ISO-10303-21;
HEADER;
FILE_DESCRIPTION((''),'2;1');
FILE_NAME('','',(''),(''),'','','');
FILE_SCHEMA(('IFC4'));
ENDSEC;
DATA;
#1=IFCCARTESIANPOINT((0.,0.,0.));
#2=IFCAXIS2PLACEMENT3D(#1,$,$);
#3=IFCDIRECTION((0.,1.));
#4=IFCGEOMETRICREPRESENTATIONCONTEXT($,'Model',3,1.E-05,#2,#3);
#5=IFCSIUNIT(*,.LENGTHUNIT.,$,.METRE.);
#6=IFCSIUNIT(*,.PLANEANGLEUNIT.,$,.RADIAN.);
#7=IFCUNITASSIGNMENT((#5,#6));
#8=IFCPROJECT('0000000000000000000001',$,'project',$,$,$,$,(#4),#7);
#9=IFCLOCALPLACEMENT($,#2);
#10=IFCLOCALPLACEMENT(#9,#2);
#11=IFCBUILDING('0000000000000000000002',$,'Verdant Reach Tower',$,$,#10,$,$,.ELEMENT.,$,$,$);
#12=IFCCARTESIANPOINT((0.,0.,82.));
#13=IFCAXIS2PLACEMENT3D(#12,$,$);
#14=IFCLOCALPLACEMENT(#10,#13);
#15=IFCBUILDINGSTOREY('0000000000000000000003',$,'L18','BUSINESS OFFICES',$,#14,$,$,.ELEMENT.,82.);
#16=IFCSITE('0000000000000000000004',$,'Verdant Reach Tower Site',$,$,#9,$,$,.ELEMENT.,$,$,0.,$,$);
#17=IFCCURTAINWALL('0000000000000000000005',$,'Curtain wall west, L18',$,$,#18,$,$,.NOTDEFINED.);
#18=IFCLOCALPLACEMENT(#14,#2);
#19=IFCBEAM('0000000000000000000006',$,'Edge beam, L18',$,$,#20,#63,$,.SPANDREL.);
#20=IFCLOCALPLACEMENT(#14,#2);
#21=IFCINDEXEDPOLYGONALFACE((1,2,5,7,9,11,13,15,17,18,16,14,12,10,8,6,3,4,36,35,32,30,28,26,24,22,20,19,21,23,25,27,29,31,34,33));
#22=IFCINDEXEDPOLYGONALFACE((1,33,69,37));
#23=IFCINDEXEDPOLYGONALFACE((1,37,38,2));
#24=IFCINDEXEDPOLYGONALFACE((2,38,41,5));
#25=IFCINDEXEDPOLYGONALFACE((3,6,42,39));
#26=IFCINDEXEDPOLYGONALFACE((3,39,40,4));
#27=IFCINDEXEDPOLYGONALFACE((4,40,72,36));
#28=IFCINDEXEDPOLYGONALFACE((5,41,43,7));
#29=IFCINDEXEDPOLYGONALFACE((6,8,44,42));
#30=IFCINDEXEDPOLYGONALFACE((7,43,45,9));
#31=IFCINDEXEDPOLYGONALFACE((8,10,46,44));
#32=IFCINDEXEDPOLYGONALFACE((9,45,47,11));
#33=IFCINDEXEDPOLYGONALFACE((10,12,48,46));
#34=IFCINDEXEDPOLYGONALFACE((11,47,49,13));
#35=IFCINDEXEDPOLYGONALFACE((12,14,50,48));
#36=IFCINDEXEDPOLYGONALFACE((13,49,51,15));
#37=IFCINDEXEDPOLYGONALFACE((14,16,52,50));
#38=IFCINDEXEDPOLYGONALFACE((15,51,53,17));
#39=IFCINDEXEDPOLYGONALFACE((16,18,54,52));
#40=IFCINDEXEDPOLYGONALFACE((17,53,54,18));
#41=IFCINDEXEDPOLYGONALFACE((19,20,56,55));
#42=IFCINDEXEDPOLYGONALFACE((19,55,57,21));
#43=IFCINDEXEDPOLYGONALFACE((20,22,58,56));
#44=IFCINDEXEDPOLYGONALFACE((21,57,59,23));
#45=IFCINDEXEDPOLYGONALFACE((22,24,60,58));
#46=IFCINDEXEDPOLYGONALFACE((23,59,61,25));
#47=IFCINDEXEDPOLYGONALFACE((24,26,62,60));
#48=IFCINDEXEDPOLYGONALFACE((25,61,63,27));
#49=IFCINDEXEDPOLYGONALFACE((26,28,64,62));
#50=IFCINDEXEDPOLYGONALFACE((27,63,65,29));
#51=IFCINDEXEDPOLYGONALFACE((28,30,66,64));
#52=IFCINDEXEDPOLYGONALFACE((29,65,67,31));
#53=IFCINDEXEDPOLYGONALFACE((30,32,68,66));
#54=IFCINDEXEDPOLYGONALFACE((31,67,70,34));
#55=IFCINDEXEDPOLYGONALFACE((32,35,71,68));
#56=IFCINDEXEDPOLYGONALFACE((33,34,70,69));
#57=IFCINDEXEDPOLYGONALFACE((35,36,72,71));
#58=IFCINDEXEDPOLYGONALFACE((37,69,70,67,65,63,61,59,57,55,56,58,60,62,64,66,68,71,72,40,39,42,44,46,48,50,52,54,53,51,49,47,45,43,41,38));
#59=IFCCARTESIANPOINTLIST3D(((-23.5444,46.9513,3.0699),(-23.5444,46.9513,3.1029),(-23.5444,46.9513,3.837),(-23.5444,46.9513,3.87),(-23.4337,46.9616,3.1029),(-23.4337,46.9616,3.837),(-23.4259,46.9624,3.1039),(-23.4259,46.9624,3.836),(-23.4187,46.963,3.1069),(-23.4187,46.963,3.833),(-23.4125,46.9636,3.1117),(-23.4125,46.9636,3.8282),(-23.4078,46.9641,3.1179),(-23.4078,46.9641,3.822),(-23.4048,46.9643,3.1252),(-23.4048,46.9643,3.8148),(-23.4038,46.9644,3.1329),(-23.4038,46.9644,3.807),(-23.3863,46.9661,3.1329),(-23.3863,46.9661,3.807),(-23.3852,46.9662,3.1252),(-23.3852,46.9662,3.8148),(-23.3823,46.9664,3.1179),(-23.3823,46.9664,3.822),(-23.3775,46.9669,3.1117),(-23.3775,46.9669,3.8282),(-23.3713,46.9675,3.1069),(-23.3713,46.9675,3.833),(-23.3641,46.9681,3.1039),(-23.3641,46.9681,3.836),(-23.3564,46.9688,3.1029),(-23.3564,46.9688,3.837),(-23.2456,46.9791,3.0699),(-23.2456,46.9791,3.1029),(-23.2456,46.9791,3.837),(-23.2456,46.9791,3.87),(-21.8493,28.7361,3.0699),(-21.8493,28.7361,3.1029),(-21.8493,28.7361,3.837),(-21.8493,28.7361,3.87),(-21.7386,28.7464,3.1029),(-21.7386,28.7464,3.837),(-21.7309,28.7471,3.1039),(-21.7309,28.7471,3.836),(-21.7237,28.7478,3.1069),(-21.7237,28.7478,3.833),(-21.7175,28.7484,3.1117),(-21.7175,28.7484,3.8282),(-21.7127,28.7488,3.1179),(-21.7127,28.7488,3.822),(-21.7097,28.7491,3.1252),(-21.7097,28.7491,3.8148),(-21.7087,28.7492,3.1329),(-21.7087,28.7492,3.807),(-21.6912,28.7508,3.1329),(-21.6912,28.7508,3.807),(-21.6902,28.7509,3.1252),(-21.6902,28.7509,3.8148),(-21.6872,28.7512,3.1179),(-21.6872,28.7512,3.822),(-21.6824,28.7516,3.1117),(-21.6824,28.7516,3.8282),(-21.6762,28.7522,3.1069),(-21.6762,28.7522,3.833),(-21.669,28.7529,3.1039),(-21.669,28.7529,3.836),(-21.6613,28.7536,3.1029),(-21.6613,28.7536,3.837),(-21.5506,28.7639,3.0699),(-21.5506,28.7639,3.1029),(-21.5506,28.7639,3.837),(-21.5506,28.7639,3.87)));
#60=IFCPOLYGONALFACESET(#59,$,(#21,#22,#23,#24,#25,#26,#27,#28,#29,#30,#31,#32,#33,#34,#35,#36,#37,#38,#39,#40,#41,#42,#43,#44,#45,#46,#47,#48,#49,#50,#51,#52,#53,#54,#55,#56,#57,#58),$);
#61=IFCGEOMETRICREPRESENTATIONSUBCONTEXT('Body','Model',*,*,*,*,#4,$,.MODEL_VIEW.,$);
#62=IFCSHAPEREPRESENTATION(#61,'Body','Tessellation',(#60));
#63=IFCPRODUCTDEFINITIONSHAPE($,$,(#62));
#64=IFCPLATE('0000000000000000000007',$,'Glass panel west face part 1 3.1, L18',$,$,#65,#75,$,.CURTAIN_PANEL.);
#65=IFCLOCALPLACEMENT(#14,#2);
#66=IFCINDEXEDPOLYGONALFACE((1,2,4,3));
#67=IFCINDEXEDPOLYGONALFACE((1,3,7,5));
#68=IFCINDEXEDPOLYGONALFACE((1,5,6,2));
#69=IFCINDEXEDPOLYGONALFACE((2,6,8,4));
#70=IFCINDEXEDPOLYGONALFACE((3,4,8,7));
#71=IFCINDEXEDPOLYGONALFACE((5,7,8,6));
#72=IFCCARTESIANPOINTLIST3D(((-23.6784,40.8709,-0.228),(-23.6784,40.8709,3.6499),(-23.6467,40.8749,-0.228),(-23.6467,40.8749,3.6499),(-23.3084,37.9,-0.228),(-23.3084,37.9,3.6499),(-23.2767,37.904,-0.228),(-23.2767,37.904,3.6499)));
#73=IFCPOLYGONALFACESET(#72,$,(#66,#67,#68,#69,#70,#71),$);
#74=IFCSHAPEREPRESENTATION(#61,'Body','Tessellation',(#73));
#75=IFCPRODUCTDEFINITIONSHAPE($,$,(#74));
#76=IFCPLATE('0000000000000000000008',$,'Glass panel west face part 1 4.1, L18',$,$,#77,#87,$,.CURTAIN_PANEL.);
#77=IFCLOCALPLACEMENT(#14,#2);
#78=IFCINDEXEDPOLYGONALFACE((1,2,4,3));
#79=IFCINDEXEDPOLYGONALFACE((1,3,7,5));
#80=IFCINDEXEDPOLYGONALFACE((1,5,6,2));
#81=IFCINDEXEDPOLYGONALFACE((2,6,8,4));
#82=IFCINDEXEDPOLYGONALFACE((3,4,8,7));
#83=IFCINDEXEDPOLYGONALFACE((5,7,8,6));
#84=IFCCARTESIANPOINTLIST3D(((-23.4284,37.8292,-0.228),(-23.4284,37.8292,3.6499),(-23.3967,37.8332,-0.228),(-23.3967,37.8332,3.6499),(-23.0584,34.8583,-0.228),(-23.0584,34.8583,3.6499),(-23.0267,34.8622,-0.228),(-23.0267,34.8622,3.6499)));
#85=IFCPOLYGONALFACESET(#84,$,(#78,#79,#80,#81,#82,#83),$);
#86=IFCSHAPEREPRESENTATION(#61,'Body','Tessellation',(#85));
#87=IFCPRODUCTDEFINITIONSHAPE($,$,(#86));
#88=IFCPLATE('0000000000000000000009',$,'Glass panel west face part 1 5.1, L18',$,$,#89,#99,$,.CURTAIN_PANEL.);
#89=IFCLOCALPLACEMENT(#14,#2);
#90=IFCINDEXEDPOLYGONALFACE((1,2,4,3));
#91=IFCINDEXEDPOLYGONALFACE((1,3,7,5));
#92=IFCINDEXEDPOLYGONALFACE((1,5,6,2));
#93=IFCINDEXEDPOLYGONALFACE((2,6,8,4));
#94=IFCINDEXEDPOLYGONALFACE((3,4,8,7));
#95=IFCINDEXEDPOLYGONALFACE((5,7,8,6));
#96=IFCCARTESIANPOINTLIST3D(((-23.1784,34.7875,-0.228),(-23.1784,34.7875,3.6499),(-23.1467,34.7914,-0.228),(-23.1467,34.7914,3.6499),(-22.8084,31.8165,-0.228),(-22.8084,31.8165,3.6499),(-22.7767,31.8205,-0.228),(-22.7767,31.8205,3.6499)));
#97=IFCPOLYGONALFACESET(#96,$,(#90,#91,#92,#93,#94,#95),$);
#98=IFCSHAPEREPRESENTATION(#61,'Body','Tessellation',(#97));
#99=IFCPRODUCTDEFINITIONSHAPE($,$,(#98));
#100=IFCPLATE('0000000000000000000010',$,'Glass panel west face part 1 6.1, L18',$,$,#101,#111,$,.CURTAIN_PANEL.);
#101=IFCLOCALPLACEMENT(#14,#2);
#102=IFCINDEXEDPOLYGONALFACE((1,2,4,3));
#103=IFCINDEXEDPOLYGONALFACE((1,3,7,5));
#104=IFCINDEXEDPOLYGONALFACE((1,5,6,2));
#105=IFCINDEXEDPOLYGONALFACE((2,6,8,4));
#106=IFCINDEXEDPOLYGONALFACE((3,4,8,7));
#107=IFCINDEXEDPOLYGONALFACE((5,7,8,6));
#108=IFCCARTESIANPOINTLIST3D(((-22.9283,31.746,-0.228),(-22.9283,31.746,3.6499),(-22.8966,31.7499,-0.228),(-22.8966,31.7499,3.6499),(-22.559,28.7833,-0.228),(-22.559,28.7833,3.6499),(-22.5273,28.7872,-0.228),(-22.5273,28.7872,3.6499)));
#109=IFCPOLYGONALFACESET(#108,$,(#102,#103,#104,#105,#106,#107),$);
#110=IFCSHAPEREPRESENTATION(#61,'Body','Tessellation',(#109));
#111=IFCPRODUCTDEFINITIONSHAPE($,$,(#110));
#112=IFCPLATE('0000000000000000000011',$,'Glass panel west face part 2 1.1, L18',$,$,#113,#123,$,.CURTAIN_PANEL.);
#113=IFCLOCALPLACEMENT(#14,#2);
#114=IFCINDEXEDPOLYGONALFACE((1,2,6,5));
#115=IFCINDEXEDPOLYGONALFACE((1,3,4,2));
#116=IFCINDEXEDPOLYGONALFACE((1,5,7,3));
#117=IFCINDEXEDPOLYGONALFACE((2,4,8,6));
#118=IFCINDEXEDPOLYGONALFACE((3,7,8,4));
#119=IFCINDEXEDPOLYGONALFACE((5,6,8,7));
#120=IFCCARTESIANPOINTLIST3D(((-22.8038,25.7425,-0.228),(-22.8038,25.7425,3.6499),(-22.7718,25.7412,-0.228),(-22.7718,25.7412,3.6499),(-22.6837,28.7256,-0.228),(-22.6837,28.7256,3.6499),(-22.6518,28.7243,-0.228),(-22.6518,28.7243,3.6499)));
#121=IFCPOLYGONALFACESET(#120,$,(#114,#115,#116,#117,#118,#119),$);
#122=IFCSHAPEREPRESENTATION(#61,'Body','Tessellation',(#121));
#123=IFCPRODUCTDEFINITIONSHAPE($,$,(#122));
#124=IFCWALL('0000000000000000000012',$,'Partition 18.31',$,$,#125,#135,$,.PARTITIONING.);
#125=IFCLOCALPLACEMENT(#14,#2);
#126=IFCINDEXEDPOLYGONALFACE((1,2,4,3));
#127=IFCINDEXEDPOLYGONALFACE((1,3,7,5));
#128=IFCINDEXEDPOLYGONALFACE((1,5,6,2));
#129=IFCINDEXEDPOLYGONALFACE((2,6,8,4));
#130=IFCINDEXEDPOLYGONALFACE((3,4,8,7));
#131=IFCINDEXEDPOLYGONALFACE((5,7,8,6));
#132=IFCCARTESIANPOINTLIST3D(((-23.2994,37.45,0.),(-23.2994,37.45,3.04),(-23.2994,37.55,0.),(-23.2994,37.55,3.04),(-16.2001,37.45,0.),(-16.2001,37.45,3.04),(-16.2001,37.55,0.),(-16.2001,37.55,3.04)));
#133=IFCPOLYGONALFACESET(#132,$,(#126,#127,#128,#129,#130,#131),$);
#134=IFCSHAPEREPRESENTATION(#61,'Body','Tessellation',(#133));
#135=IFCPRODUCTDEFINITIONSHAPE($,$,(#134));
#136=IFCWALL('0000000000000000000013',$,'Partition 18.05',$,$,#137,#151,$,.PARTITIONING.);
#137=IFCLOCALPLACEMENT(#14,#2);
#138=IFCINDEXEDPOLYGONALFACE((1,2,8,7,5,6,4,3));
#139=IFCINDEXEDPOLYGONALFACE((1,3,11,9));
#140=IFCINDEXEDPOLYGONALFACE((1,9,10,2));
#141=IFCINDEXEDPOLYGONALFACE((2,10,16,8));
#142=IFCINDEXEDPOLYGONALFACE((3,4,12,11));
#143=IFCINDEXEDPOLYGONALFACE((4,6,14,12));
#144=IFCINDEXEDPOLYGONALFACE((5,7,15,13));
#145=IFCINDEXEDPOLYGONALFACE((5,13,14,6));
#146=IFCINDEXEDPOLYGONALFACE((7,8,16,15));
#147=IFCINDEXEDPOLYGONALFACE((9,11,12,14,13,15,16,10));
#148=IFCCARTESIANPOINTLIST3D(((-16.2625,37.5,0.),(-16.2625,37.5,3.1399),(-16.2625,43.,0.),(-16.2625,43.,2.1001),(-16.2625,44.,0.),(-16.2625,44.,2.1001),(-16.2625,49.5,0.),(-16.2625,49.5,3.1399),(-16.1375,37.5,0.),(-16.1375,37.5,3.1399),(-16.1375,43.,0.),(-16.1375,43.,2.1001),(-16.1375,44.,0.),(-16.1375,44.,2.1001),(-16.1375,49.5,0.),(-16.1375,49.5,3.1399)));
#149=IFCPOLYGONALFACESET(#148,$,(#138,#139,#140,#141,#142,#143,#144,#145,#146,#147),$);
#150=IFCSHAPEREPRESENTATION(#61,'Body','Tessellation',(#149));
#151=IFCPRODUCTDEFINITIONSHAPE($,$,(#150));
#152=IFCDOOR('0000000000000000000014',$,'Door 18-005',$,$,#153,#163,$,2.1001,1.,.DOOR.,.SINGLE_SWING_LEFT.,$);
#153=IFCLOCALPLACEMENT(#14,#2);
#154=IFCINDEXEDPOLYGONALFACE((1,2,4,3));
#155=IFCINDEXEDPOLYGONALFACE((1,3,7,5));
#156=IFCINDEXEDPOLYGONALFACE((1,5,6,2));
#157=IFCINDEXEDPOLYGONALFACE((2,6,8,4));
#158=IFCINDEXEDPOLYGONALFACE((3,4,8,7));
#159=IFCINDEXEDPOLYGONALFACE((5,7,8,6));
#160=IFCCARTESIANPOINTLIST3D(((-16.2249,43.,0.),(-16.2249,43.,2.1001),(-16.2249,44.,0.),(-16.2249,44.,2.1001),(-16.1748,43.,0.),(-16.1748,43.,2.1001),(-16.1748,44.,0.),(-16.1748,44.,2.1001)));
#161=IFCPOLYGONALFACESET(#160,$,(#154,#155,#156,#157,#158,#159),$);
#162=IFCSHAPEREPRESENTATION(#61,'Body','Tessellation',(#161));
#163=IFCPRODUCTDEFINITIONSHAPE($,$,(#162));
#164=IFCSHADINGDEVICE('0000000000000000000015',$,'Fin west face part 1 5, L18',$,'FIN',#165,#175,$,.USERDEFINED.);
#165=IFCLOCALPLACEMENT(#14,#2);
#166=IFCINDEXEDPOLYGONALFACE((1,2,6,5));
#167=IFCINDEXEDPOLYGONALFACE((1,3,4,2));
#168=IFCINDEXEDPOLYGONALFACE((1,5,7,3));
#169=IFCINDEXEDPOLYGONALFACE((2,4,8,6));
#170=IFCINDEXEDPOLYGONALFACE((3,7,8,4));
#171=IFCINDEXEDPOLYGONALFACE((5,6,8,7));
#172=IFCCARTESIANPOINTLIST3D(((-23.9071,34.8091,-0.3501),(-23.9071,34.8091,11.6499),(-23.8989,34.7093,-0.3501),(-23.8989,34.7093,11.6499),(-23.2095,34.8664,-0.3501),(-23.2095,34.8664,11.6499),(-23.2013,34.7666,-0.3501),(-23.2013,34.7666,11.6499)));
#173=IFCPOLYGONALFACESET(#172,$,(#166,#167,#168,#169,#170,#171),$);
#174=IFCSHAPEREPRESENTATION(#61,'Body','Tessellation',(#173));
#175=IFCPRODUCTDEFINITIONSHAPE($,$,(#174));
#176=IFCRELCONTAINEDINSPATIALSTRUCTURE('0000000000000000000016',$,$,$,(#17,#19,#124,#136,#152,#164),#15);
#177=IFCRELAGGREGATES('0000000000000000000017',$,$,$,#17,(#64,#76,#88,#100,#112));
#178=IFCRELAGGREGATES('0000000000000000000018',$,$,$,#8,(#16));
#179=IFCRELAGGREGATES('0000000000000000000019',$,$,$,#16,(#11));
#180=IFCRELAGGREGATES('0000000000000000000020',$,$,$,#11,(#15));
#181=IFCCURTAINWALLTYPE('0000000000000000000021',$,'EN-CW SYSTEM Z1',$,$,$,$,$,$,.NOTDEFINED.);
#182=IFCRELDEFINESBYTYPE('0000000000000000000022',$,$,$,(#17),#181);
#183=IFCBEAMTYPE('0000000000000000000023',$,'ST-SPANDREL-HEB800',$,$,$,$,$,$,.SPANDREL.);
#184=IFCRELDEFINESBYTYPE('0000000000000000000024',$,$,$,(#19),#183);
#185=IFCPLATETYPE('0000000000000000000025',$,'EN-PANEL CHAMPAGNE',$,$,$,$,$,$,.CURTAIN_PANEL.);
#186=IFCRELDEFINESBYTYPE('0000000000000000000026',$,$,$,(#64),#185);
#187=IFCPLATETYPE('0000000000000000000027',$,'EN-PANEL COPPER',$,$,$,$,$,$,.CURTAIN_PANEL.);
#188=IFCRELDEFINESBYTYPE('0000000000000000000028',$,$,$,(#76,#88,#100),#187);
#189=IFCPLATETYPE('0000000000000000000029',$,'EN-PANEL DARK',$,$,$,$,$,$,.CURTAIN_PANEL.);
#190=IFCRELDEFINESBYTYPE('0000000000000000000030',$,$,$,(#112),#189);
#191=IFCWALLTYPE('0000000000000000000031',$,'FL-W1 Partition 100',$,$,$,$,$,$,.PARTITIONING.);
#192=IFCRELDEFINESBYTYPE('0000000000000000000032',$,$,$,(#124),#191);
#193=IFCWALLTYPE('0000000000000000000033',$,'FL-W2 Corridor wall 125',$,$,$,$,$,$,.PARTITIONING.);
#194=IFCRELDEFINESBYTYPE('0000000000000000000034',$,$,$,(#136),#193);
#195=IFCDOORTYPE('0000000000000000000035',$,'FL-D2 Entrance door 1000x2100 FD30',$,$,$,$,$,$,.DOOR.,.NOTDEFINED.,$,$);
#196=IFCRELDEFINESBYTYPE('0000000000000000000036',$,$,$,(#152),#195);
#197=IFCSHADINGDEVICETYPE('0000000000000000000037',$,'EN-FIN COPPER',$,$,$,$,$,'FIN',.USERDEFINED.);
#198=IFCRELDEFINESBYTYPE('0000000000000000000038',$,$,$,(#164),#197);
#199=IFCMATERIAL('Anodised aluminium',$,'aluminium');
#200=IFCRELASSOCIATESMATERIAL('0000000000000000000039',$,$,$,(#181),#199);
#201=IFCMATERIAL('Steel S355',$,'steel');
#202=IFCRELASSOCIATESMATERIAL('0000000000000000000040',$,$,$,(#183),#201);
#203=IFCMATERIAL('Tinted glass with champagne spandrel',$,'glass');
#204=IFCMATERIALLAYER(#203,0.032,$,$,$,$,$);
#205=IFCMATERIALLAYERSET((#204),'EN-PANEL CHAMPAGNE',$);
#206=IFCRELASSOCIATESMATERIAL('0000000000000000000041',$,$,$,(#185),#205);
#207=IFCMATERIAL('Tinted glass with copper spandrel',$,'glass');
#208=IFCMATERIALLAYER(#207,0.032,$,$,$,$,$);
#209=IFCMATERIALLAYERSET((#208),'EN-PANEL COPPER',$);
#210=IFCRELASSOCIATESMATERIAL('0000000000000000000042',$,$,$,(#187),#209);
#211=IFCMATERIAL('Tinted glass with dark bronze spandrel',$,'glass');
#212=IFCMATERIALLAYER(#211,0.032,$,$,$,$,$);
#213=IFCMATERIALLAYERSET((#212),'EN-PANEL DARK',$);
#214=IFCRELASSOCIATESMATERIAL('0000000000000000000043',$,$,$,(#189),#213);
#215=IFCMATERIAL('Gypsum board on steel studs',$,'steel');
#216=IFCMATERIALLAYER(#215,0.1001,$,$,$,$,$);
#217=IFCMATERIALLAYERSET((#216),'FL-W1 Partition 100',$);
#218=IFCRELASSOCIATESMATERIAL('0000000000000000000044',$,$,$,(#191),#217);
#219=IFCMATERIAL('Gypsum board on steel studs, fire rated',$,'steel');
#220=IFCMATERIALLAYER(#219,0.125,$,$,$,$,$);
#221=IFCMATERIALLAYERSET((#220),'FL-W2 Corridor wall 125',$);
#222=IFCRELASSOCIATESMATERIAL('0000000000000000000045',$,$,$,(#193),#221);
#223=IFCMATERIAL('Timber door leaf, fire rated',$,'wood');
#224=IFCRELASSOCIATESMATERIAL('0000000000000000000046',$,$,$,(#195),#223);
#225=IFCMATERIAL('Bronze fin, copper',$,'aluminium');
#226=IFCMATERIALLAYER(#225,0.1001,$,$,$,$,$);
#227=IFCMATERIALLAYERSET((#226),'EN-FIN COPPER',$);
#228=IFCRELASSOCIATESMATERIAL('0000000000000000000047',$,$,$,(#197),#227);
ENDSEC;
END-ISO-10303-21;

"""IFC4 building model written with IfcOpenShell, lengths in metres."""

from ifc_helpers import new_model, si_unit, direction, frame, frame_2d, origin, origin_2d, place, context, subcontext, project, spatial, rectangle, i_section, extrude, material, layer, layer_set, material_profile, profile_set, type_object, element, fill, aggregate, save


model = new_model("IFC4")

# Units and contexts
model_context = context("Model", 3, precision=1e-05, world=origin(), true_north=direction((0.0, 1.0)))
body_context = subcontext(model_context, "Body", "Model", "MODEL_VIEW")
ifc_project = project(units=[si_unit("LENGTHUNIT", "METRE"), si_unit("PLANEANGLEUNIT", "RADIAN")], contexts=[model_context])

# Site, building, storey
site_placement = place(None, origin())
site = spatial("IfcSite", under=ifc_project, at=site_placement, Name="Verdant Reach Tower Site", CompositionType="ELEMENT", RefElevation=0.0)
building_placement = place(site_placement, origin())
building = spatial("IfcBuilding", under=site, at=building_placement, Name="Verdant Reach Tower", CompositionType="ELEMENT")
storey_placement = place(building_placement, frame((0.0, 0.0, 82.0)))
storey = spatial("IfcBuildingStorey", under=building, at=storey_placement, Name="L18", Description="BUSINESS OFFICES", CompositionType="ELEMENT", Elevation=82.0)

# Curtain wall
ifc_material_1 = material(Name="Anodised aluminium", Category="aluminium")
curtain_wall_type = type_object("IfcCurtainWallType", Name="EN-CW SYSTEM Z1", PredefinedType="NOTDEFINED", material=ifc_material_1)
curtain_wall_placement = place(storey_placement, origin())
curtain_wall = element("IfcCurtainWall", 1, at=curtain_wall_placement, inside=storey, type_object=curtain_wall_type, Name="Curtain wall west, L18", PredefinedType="NOTDEFINED")

# Beam
ifc_material_2 = material(Name="Steel S355", Category="steel")
ifc_material_profile_1 = material_profile(ifc_material_2, i_section(OverallWidth=0.3, OverallDepth=0.8, WebThickness=0.0176, FlangeThickness=0.033, FilletRadius=0.03, at=origin_2d()), Name="HEB 800")
ifc_profile_set_1 = profile_set([ifc_material_profile_1], Name="Steel S355")
beam_type_1 = type_object("IfcBeamType", Name="ST-SPANDREL-HEB800", PredefinedType="SPANDREL", material=ifc_profile_set_1)
beam_1_placement = place(storey_placement, frame((-21.7, 28.75, 3.47), z_axis=(-0.092657, 0.995698, 0.0), x_axis=(-0.995698, -0.092657, 0.0)))
element("IfcBeam", 2, at=beam_1_placement, inside=storey, type_object=beam_type_1, Name="Edge beam, L18", PredefinedType="SPANDREL", context=body_context, shape_type="SweptSolid", body=[
    extrude(i_section(OverallWidth=0.3, OverallDepth=0.8, WebThickness=0.0176, FlangeThickness=0.033, FilletRadius=0.03, at=origin_2d()), origin(), (0.0, 0.0, 1.0), 18.2939),
])

# Plates
ifc_material_3 = material(Name="Tinted glass with champagne spandrel", Category="glass")
ifc_layer_1 = layer(ifc_material_3, 0.032)
ifc_layer_set_1 = layer_set([ifc_layer_1], Name="EN-PANEL CHAMPAGNE")
plate_type_1 = type_object("IfcPlateType", Name="EN-PANEL CHAMPAGNE", PredefinedType="CURTAIN_PANEL", material=ifc_layer_set_1)
plate_1_placement = place(storey_placement, frame((-23.4775, 39.3875, -0.228), z_axis=(0.0, 0.0, 1.0), x_axis=(0.123579, -0.992335, 0.0)))
plate_1 = element("IfcPlate", 3, at=plate_1_placement, type_object=plate_type_1, Name="Glass panel west face part 1 3.1, L18", PredefinedType="CURTAIN_PANEL", context=body_context, shape_type="SweptSolid", body=[
    extrude(rectangle(XDim=2.9939, YDim=0.032, at=origin_2d()), origin(), (0.0, 0.0, 1.0), 3.8779),
])
ifc_material_4 = material(Name="Tinted glass with copper spandrel", Category="glass")
ifc_layer_2 = layer(ifc_material_4, 0.032)
ifc_layer_set_2 = layer_set([ifc_layer_2], Name="EN-PANEL COPPER")
plate_type_2 = type_object("IfcPlateType", Name="EN-PANEL COPPER", PredefinedType="CURTAIN_PANEL", material=ifc_layer_set_2)
plate_2_placement = place(storey_placement, frame((-23.2275, 36.3457, -0.228), z_axis=(0.0, 0.0, 1.0), x_axis=(0.123579, -0.992335, 0.0)))
plate_2 = element("IfcPlate", 4, at=plate_2_placement, type_object=plate_type_2, Name="Glass panel west face part 1 4.1, L18", PredefinedType="CURTAIN_PANEL", context=body_context, shape_type="SweptSolid", body=[
    extrude(rectangle(XDim=2.9939, YDim=0.032, at=origin_2d()), origin(), (0.0, 0.0, 1.0), 3.8779),
])
plate_3_placement = place(storey_placement, frame((-22.9775, 33.304, -0.228), z_axis=(0.0, 0.0, 1.0), x_axis=(0.123579, -0.992335, 0.0)))
plate_3 = element("IfcPlate", 5, at=plate_3_placement, type_object=plate_type_2, Name="Glass panel west face part 1 5.1, L18", PredefinedType="CURTAIN_PANEL", context=body_context, shape_type="SweptSolid", body=[
    extrude(rectangle(XDim=2.9939, YDim=0.032, at=origin_2d()), origin(), (0.0, 0.0, 1.0), 3.8779),
])
plate_4_placement = place(storey_placement, frame((-22.7278, 30.2666, -0.228), z_axis=(0.0, 0.0, 1.0), x_axis=(0.123691, -0.992321, 0.0)))
plate_4 = element("IfcPlate", 6, at=plate_4_placement, type_object=plate_type_2, Name="Glass panel west face part 1 6.1, L18", PredefinedType="CURTAIN_PANEL", context=body_context, shape_type="SweptSolid", body=[
    extrude(rectangle(XDim=2.9856, YDim=0.032, at=origin_2d()), origin(), (0.0, 0.0, 1.0), 3.8779),
])
ifc_material_5 = material(Name="Tinted glass with dark bronze spandrel", Category="glass")
ifc_layer_3 = layer(ifc_material_5, 0.032)
ifc_layer_set_3 = layer_set([ifc_layer_3], Name="EN-PANEL DARK")
plate_type_3 = type_object("IfcPlateType", Name="EN-PANEL DARK", PredefinedType="CURTAIN_PANEL", material=ifc_layer_set_3)
plate_5_placement = place(storey_placement, frame((-22.7278, 27.2334, -0.228), z_axis=(0.0, 0.0, 1.0), x_axis=(-0.040222, -0.999191, 0.0)))
plate_5 = element("IfcPlate", 7, at=plate_5_placement, type_object=plate_type_3, Name="Glass panel west face part 2 1.1, L18", PredefinedType="CURTAIN_PANEL", context=body_context, shape_type="SweptSolid", body=[
    extrude(rectangle(XDim=2.9856, YDim=0.032, at=origin_2d()), origin(), (0.0, 0.0, 1.0), 3.8779),
])
aggregate(curtain_wall, [plate_1, plate_2, plate_3, plate_4, plate_5])

# Wall
ifc_material_6 = material(Name="Gypsum board on steel studs", Category="steel")
ifc_layer_4 = layer(ifc_material_6, 0.1001)
ifc_layer_set_4 = layer_set([ifc_layer_4], Name="FL-W1 Partition 100")
wall_type_1 = type_object("IfcWallType", Name="FL-W1 Partition 100", PredefinedType="PARTITIONING", material=ifc_layer_set_4)
wall_1_placement = place(storey_placement, frame((-16.2, 37.5, 0.0), z_axis=(0.0, 0.0, 1.0), x_axis=(-1.0, 0.0, 0.0)))
element("IfcWall", 8, at=wall_1_placement, inside=storey, type_object=wall_type_1, Name="Partition 18.31", PredefinedType="PARTITIONING", context=body_context, shape_type="SweptSolid", body=[
    extrude(rectangle(XDim=7.0994, YDim=0.1001, at=frame_2d((3.5498, 0.0))), origin(), (0.0, 0.0, 1.0), 3.04),
])

# Wall, opening, door
ifc_material_7 = material(Name="Gypsum board on steel studs, fire rated", Category="steel")
ifc_layer_5 = layer(ifc_material_7, 0.125)
ifc_layer_set_5 = layer_set([ifc_layer_5], Name="FL-W2 Corridor wall 125")
wall_type_2 = type_object("IfcWallType", Name="FL-W2 Corridor wall 125", PredefinedType="PARTITIONING", material=ifc_layer_set_5)
wall_2_placement = place(storey_placement, frame((-16.2, 37.5, 0.0), z_axis=(0.0, 0.0, 1.0), x_axis=(0.0, 1.0, 0.0)))
wall_2 = element("IfcWall", 9, at=wall_2_placement, inside=storey, type_object=wall_type_2, Name="Partition 18.05", PredefinedType="PARTITIONING", context=body_context, shape_type="SweptSolid", body=[
    extrude(rectangle(XDim=12.0, YDim=0.125, at=frame_2d((6.0, 0.0))), origin(), (0.0, 0.0, 1.0), 3.1399),
])
opening_placement = place(wall_2_placement, frame((5.5, 0.0, 0.0)))
opening = element("IfcOpeningElement", 10, at=opening_placement, cuts=wall_2, PredefinedType="OPENING", context=body_context, shape_type="SweptSolid", body=[
    extrude(rectangle(XDim=1.0, YDim=2.1001, at=frame_2d((0.5, 1.05))), frame((0.0, 0.0725, 0.0), z_axis=(0.0, -1.0, 0.0), x_axis=(1.0, 0.0, 0.0)), (0.0, 0.0, 1.0), 0.145),
])
ifc_material_8 = material(Name="Timber door leaf, fire rated", Category="wood")
door_type = type_object("IfcDoorType", Name="FL-D2 Entrance door 1000x2100 FD30", OperationType="NOTDEFINED", PredefinedType="DOOR", material=ifc_material_8)
door_placement = place(opening_placement, origin())
door = element("IfcDoor", 11, at=door_placement, inside=storey, type_object=door_type, Name="Door 18-005", OperationType="SINGLE_SWING_LEFT", OverallHeight=2.1001, OverallWidth=1.0, PredefinedType="DOOR", context=body_context, shape_type="SweptSolid", body=[
    extrude(rectangle(XDim=1.0, YDim=2.1001, at=frame_2d((0.5, 1.05))), frame((0.0, 0.0249, 0.0), z_axis=(0.0, -1.0, 0.0), x_axis=(1.0, 0.0, 0.0)), (0.0, 0.0, 1.0), 0.05),
])
fill(opening, door)

# Shading device
ifc_material_9 = material(Name="Bronze fin, copper", Category="aluminium")
ifc_layer_6 = layer(ifc_material_9, 0.1001)
ifc_layer_set_6 = layer_set([ifc_layer_6], Name="EN-FIN COPPER")
shading_device_type_1 = type_object("IfcShadingDeviceType", Name="EN-FIN COPPER", ElementType="FIN", PredefinedType="USERDEFINED", material=ifc_layer_set_6)
shading_device_1_placement = place(storey_placement, frame((-23.5542, 34.7878, -0.3501), z_axis=(0.0, 0.0, 1.0), x_axis=(0.081916, -0.996639, 0.0)))
element("IfcShadingDevice", 12, at=shading_device_1_placement, inside=storey, type_object=shading_device_type_1, Name="Fin west face part 1 5, L18", ObjectType="FIN", PredefinedType="USERDEFINED", context=body_context, shape_type="SweptSolid", body=[
    extrude(rectangle(XDim=0.1001, YDim=0.7, at=origin_2d()), origin(), (0.0, 0.0, 1.0), 12.0),
])

save(model, "model.ifc")
